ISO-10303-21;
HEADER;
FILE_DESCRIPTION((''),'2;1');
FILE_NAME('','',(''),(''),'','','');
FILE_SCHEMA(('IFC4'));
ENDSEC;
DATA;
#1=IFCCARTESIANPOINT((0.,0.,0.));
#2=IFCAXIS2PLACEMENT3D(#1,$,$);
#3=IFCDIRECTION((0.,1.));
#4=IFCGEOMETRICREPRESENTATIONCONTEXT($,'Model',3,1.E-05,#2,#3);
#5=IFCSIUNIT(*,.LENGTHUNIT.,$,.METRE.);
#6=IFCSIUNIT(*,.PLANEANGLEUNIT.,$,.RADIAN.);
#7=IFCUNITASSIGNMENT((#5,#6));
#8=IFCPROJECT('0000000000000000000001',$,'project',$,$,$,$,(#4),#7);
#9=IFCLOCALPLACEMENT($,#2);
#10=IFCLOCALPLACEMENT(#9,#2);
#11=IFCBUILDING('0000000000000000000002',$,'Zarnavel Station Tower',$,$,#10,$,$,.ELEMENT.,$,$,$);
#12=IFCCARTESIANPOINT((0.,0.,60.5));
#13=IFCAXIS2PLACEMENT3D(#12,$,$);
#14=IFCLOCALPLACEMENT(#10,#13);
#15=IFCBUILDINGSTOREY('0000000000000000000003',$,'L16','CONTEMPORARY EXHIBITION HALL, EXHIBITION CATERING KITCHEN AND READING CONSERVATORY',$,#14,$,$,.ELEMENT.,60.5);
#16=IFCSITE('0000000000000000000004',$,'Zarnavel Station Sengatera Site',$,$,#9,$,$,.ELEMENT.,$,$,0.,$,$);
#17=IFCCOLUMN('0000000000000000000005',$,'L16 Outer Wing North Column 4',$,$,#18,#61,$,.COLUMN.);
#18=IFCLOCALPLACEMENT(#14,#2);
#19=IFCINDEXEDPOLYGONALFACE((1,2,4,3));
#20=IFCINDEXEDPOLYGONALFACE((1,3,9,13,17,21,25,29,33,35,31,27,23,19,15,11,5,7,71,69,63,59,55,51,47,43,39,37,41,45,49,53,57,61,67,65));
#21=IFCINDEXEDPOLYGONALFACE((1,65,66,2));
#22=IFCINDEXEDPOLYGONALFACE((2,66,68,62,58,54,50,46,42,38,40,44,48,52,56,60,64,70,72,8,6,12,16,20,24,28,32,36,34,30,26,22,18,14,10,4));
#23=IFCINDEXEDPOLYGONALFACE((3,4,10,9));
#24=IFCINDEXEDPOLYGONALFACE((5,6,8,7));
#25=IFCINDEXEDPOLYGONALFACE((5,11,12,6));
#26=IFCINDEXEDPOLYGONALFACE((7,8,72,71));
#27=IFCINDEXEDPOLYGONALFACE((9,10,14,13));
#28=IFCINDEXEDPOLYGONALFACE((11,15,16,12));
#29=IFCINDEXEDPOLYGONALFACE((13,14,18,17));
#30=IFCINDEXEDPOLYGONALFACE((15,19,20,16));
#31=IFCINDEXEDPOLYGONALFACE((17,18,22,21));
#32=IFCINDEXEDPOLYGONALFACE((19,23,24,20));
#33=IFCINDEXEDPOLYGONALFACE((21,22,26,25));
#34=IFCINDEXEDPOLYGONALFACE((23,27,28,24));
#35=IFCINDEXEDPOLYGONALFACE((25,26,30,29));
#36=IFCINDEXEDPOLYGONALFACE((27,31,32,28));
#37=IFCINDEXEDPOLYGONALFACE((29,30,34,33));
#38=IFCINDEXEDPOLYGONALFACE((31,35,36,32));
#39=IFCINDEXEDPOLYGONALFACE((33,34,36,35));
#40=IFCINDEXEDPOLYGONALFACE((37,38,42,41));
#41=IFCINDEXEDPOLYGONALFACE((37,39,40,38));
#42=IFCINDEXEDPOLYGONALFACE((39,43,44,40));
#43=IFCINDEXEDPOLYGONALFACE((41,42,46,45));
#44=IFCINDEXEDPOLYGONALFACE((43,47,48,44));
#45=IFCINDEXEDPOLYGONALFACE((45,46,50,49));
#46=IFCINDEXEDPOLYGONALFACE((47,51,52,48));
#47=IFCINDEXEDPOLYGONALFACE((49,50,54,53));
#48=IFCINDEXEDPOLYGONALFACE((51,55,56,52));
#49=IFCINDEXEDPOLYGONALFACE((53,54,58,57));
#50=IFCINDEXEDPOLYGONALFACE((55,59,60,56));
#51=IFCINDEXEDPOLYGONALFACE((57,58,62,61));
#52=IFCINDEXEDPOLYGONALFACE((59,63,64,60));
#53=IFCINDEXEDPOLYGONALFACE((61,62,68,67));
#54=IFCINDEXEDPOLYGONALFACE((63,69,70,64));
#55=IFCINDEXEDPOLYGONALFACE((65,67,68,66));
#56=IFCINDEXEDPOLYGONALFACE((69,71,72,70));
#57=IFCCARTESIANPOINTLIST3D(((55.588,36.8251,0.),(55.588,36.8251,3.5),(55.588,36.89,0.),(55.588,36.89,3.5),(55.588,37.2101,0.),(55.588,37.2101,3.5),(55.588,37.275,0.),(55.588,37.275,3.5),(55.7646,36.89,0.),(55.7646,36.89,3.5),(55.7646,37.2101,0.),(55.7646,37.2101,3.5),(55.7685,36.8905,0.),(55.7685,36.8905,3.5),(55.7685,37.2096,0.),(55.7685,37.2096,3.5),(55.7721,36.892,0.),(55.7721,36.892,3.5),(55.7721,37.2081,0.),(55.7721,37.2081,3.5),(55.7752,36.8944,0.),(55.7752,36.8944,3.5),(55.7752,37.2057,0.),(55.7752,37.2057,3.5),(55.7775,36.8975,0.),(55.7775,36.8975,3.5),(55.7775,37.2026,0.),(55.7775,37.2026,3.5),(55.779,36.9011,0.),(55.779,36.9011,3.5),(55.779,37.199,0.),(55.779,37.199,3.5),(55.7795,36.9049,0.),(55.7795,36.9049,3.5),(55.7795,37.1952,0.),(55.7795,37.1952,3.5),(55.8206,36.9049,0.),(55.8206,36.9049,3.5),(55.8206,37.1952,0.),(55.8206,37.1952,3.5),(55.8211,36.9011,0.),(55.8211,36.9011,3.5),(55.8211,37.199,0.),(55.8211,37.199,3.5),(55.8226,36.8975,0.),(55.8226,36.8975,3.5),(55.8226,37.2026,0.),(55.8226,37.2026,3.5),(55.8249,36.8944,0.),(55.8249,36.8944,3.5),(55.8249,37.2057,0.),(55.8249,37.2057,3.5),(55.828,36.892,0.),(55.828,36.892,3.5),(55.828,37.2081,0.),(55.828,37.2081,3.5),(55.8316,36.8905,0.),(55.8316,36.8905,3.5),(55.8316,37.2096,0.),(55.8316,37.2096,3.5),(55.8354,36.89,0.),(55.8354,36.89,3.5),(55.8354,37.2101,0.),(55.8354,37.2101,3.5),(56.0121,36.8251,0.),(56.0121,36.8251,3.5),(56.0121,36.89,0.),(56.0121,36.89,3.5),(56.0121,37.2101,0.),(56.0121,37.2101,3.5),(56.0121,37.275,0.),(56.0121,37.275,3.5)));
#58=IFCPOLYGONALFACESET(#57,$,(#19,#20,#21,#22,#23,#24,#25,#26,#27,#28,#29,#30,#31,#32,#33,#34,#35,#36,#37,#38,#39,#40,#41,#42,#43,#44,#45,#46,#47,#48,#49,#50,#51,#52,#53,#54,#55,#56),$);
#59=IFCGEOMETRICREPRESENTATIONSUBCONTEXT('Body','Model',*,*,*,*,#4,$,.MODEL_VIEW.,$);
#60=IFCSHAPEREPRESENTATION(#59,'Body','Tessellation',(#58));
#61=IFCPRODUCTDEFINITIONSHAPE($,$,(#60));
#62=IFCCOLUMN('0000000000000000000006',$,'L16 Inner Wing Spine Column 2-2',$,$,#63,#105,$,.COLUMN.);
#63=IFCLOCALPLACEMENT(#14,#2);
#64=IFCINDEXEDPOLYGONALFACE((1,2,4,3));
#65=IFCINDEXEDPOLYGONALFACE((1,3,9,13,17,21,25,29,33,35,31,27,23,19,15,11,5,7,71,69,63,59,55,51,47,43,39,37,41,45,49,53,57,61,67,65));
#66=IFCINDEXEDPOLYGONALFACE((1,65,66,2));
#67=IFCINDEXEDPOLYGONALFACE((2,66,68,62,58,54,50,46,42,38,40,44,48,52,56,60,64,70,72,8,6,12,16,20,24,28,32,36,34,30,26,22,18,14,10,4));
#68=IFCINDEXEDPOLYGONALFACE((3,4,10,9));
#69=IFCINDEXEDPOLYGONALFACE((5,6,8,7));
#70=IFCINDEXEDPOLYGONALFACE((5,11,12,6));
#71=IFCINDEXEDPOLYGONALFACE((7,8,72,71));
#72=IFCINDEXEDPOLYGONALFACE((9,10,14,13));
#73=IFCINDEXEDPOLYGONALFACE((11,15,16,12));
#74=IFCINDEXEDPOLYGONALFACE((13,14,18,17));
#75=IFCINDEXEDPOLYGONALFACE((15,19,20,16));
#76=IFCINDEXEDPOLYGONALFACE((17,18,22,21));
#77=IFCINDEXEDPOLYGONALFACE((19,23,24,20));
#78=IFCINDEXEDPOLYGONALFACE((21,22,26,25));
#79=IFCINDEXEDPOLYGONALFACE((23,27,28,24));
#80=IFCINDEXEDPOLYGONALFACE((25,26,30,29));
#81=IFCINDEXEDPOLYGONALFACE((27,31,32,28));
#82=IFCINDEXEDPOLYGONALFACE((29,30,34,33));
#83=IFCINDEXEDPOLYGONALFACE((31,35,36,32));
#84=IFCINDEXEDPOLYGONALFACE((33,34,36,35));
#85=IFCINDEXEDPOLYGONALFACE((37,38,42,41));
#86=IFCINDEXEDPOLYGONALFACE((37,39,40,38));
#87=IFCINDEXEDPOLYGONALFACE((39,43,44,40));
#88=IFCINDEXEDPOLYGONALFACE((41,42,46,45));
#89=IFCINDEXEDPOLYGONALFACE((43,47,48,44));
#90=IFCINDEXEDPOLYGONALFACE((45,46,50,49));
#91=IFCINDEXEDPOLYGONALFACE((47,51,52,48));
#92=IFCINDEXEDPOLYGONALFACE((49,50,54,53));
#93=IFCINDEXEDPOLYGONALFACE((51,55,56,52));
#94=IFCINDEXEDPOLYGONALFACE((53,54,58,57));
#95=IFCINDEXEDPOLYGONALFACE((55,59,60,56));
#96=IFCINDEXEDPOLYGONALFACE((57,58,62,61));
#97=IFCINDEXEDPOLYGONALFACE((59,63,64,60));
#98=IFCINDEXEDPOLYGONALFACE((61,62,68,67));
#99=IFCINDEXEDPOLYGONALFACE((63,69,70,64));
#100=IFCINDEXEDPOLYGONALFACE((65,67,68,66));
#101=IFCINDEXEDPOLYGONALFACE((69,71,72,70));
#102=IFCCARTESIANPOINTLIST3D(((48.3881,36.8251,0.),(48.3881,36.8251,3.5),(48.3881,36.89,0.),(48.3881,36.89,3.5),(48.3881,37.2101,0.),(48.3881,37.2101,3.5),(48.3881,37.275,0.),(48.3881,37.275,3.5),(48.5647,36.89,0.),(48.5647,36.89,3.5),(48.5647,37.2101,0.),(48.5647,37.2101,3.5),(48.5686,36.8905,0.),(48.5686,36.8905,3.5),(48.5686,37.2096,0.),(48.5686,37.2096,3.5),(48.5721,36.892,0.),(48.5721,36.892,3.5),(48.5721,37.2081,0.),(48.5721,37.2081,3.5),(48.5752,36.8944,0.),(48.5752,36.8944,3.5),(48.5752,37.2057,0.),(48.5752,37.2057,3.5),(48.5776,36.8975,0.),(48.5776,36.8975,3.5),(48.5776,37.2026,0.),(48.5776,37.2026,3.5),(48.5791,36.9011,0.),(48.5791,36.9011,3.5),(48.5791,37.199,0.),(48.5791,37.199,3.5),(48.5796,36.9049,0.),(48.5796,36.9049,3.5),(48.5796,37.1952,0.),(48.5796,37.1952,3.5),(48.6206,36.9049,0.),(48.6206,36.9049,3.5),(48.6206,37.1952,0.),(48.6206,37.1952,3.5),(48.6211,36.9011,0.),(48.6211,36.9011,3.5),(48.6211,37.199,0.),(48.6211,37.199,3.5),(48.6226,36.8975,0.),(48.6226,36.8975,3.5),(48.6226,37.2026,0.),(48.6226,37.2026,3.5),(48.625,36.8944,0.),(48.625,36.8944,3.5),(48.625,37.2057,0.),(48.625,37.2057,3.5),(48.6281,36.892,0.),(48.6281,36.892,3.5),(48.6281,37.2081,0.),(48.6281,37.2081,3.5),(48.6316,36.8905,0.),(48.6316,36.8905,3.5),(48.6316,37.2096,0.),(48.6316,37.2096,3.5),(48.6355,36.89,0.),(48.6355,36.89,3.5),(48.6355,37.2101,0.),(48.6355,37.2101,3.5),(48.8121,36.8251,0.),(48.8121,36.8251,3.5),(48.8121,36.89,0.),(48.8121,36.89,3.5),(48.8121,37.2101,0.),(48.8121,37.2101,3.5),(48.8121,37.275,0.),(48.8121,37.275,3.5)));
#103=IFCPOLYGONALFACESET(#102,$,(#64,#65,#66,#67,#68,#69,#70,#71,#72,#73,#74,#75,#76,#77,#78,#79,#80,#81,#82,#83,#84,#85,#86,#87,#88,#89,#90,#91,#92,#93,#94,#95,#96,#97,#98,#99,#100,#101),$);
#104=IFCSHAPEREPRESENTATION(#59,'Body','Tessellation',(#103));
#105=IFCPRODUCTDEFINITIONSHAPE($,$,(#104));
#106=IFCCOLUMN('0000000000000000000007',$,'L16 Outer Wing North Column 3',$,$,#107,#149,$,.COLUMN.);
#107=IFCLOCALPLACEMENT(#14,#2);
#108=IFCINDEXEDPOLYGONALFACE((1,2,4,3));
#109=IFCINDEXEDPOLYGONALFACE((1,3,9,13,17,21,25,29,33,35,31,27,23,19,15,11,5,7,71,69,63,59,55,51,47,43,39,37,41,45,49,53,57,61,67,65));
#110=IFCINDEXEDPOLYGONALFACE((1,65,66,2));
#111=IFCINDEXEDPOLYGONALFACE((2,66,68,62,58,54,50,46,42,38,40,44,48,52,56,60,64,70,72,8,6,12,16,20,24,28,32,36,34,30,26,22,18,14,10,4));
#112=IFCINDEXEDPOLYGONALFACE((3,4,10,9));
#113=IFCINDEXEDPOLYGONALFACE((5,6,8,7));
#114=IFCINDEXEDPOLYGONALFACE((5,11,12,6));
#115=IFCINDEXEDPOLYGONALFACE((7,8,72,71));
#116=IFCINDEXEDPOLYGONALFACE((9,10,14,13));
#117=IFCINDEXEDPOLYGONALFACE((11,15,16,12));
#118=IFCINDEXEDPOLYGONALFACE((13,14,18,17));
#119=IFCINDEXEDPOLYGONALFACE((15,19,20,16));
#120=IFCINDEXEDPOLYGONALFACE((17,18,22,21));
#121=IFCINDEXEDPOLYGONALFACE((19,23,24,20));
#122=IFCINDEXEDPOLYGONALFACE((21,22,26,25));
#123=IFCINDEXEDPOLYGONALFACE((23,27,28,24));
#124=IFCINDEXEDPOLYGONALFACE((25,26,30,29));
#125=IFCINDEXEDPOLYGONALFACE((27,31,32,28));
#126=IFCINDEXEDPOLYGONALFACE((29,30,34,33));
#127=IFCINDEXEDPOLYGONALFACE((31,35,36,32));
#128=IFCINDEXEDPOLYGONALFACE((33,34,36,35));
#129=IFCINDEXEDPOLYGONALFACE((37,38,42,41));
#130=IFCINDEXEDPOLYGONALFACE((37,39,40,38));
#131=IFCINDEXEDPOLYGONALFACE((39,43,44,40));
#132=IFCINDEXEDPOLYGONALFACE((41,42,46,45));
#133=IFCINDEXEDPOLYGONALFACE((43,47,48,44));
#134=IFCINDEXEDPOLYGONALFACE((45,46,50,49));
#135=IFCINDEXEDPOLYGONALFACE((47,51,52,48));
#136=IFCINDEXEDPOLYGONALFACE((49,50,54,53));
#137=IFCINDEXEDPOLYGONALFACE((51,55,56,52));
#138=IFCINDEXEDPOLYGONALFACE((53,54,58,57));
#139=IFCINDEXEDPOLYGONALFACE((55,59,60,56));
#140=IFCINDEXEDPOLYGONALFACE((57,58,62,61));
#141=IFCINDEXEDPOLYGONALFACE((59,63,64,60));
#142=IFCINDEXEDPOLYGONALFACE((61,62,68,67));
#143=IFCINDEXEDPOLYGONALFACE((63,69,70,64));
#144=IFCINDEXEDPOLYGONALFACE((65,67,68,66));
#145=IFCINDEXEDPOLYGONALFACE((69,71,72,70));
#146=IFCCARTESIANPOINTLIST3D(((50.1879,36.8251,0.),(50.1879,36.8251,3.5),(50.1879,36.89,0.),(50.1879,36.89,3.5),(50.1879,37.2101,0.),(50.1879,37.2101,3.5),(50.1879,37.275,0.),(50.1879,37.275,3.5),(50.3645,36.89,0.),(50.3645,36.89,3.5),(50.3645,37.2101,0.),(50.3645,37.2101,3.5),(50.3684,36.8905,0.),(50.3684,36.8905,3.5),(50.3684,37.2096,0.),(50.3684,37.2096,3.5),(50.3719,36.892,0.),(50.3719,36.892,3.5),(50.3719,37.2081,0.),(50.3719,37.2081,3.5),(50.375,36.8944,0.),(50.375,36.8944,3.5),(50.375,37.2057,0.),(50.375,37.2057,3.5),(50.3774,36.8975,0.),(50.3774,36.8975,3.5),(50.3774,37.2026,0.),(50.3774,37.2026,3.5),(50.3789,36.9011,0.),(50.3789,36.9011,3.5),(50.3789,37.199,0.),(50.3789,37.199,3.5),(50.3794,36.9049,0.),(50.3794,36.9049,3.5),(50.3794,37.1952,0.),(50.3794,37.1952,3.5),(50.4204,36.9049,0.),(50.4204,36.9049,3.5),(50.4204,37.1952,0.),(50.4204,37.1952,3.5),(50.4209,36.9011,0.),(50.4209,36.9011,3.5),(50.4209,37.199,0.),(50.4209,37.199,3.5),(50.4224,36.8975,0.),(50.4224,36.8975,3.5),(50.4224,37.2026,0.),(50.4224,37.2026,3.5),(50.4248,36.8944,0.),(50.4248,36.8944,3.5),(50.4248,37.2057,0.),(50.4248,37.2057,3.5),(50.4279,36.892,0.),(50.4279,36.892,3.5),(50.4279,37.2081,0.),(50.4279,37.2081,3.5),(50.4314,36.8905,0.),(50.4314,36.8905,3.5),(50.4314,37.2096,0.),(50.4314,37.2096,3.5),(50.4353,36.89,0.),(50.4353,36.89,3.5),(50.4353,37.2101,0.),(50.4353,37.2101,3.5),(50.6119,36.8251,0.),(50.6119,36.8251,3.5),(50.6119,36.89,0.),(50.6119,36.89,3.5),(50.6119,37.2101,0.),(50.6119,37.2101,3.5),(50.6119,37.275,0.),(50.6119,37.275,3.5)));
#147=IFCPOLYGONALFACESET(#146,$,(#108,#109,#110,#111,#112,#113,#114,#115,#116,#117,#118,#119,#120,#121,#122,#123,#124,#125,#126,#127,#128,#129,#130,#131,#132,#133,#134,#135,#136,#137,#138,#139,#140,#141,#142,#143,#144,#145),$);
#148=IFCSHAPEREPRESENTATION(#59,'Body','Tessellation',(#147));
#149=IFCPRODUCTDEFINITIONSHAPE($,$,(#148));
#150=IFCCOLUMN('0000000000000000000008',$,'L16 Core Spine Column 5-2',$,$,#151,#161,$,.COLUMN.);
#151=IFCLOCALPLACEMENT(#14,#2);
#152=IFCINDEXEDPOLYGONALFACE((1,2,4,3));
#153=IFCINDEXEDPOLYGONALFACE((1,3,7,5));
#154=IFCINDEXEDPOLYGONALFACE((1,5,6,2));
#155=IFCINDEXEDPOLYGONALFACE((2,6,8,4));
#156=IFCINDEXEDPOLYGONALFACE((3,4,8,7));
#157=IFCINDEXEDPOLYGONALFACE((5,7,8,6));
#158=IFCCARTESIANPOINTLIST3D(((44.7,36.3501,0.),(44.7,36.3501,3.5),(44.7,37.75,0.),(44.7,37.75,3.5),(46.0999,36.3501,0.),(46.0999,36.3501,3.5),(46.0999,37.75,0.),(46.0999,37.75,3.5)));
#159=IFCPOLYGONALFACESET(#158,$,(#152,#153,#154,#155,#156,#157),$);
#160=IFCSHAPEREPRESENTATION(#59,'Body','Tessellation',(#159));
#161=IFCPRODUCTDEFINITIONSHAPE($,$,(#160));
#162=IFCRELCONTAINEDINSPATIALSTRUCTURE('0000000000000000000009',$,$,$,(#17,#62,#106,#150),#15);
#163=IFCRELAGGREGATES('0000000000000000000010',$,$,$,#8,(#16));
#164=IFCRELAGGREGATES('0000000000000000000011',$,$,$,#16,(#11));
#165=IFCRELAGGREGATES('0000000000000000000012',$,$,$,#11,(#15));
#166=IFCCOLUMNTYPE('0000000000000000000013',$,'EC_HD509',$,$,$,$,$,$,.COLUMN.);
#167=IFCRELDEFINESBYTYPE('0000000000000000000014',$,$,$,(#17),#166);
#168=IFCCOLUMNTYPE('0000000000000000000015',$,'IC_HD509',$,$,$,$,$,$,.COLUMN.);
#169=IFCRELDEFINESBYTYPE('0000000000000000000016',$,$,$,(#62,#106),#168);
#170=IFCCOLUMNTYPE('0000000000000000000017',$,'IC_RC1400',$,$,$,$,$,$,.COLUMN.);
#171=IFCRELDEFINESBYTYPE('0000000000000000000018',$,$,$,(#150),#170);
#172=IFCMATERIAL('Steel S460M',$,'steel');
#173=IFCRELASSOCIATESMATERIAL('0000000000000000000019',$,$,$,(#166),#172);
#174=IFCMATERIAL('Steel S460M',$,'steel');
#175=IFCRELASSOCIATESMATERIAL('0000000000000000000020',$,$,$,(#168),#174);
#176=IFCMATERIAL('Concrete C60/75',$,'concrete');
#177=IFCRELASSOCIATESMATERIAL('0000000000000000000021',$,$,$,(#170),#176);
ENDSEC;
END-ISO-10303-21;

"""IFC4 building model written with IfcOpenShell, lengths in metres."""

from ifc_helpers import new_model, si_unit, direction, frame, origin, origin_2d, place, context, subcontext, project, spatial, rectangle, i_section, extrude, material, material_profile, profile_set, type_object, element, save


model = new_model("IFC4")

# Units and contexts
model_context = context("Model", 3, precision=1e-05, world=origin(), true_north=direction((0.0, 1.0)))
body_context = subcontext(model_context, "Body", "Model", "MODEL_VIEW")
ifc_project = project(units=[si_unit("LENGTHUNIT", "METRE"), si_unit("PLANEANGLEUNIT", "RADIAN")], contexts=[model_context])

# Site, building, storey
site_placement = place(None, origin())
site = spatial("IfcSite", under=ifc_project, at=site_placement, Name="Zarnavel Station Sengatera Site", CompositionType="ELEMENT", RefElevation=0.0)
building_placement = place(site_placement, origin())
building = spatial("IfcBuilding", under=site, at=building_placement, Name="Zarnavel Station Tower", CompositionType="ELEMENT")
storey_placement = place(building_placement, frame((0.0, 0.0, 60.5)))
storey = spatial("IfcBuildingStorey", under=building, at=storey_placement, Name="L16", Description="CONTEMPORARY EXHIBITION HALL, EXHIBITION CATERING KITCHEN AND READING CONSERVATORY", CompositionType="ELEMENT", Elevation=60.5)

# Columns
ifc_material_1 = material(Name="Steel S460M", Category="steel")
ifc_material_profile_1 = material_profile(ifc_material_1, i_section(OverallWidth=0.4241, OverallDepth=0.45, WebThickness=0.041, FlangeThickness=0.0649, FilletRadius=0.0149, at=origin_2d()), Name="HD400x509")
ifc_profile_set_1 = profile_set([ifc_material_profile_1], Name="Steel S460M")
column_type_1 = type_object("IfcColumnType", Name="EC_HD509", PredefinedType="COLUMN", material=ifc_profile_set_1)
column_1_placement = place(storey_placement, frame((55.8, 37.05, 0.0), z_axis=(0.0, 0.0, 1.0), x_axis=(1.0, 0.0, 0.0)))
element("IfcColumn", 1, at=column_1_placement, inside=storey, type_object=column_type_1, Name="L16 Outer Wing North Column 4", PredefinedType="COLUMN", context=body_context, shape_type="SweptSolid", body=[
    extrude(i_section(OverallWidth=0.4241, OverallDepth=0.45, WebThickness=0.041, FlangeThickness=0.0649, FilletRadius=0.0149, at=origin_2d()), origin(), (0.0, 0.0, 1.0), 3.5),
])
ifc_material_2 = material(Name="Steel S460M", Category="steel")
ifc_material_profile_2 = material_profile(ifc_material_2, i_section(OverallWidth=0.4241, OverallDepth=0.45, WebThickness=0.041, FlangeThickness=0.0649, FilletRadius=0.0149, at=origin_2d()), Name="HD400x509")
ifc_profile_set_2 = profile_set([ifc_material_profile_2], Name="Steel S460M")
column_type_2 = type_object("IfcColumnType", Name="IC_HD509", PredefinedType="COLUMN", material=ifc_profile_set_2)
for number, where, z_axis, x_axis, name in (
    (2, (48.6001, 37.05, 0.0), (0.0, 0.0, 1.0), (1.0, 0.0, 0.0), "L16 Inner Wing Spine Column 2-2"),
    (3, (50.3999, 37.05, 0.0), (0.0, 0.0, 1.0), (1.0, 0.0, 0.0), "L16 Outer Wing North Column 3"),
):
    element("IfcColumn", number, at=place(storey_placement, frame(where, z_axis=z_axis, x_axis=x_axis)), inside=storey, type_object=column_type_2, Name=name, PredefinedType="COLUMN", context=body_context, shape_type="SweptSolid", body=[
        extrude(i_section(OverallWidth=0.4241, OverallDepth=0.45, WebThickness=0.041, FlangeThickness=0.0649, FilletRadius=0.0149, at=origin_2d()), origin(), (0.0, 0.0, 1.0), 3.5),
    ])
ifc_material_3 = material(Name="Concrete C60/75", Category="concrete")
ifc_material_profile_3 = material_profile(ifc_material_3, rectangle(XDim=1.3999, YDim=1.3999, at=origin_2d()), Name="RC1400x1400")
ifc_profile_set_3 = profile_set([ifc_material_profile_3], Name="Concrete C60/75")
column_type_3 = type_object("IfcColumnType", Name="IC_RC1400", PredefinedType="COLUMN", material=ifc_profile_set_3)
column_2_placement = place(storey_placement, frame((45.3999, 37.05, 0.0), z_axis=(0.0, 0.0, 1.0), x_axis=(1.0, 0.0, 0.0)))
element("IfcColumn", 4, at=column_2_placement, inside=storey, type_object=column_type_3, Name="L16 Core Spine Column 5-2", PredefinedType="COLUMN", context=body_context, shape_type="SweptSolid", body=[
    extrude(rectangle(XDim=1.3999, YDim=1.3999, at=origin_2d()), origin(), (0.0, 0.0, 1.0), 3.5),
])

save(model, "model.ifc")
